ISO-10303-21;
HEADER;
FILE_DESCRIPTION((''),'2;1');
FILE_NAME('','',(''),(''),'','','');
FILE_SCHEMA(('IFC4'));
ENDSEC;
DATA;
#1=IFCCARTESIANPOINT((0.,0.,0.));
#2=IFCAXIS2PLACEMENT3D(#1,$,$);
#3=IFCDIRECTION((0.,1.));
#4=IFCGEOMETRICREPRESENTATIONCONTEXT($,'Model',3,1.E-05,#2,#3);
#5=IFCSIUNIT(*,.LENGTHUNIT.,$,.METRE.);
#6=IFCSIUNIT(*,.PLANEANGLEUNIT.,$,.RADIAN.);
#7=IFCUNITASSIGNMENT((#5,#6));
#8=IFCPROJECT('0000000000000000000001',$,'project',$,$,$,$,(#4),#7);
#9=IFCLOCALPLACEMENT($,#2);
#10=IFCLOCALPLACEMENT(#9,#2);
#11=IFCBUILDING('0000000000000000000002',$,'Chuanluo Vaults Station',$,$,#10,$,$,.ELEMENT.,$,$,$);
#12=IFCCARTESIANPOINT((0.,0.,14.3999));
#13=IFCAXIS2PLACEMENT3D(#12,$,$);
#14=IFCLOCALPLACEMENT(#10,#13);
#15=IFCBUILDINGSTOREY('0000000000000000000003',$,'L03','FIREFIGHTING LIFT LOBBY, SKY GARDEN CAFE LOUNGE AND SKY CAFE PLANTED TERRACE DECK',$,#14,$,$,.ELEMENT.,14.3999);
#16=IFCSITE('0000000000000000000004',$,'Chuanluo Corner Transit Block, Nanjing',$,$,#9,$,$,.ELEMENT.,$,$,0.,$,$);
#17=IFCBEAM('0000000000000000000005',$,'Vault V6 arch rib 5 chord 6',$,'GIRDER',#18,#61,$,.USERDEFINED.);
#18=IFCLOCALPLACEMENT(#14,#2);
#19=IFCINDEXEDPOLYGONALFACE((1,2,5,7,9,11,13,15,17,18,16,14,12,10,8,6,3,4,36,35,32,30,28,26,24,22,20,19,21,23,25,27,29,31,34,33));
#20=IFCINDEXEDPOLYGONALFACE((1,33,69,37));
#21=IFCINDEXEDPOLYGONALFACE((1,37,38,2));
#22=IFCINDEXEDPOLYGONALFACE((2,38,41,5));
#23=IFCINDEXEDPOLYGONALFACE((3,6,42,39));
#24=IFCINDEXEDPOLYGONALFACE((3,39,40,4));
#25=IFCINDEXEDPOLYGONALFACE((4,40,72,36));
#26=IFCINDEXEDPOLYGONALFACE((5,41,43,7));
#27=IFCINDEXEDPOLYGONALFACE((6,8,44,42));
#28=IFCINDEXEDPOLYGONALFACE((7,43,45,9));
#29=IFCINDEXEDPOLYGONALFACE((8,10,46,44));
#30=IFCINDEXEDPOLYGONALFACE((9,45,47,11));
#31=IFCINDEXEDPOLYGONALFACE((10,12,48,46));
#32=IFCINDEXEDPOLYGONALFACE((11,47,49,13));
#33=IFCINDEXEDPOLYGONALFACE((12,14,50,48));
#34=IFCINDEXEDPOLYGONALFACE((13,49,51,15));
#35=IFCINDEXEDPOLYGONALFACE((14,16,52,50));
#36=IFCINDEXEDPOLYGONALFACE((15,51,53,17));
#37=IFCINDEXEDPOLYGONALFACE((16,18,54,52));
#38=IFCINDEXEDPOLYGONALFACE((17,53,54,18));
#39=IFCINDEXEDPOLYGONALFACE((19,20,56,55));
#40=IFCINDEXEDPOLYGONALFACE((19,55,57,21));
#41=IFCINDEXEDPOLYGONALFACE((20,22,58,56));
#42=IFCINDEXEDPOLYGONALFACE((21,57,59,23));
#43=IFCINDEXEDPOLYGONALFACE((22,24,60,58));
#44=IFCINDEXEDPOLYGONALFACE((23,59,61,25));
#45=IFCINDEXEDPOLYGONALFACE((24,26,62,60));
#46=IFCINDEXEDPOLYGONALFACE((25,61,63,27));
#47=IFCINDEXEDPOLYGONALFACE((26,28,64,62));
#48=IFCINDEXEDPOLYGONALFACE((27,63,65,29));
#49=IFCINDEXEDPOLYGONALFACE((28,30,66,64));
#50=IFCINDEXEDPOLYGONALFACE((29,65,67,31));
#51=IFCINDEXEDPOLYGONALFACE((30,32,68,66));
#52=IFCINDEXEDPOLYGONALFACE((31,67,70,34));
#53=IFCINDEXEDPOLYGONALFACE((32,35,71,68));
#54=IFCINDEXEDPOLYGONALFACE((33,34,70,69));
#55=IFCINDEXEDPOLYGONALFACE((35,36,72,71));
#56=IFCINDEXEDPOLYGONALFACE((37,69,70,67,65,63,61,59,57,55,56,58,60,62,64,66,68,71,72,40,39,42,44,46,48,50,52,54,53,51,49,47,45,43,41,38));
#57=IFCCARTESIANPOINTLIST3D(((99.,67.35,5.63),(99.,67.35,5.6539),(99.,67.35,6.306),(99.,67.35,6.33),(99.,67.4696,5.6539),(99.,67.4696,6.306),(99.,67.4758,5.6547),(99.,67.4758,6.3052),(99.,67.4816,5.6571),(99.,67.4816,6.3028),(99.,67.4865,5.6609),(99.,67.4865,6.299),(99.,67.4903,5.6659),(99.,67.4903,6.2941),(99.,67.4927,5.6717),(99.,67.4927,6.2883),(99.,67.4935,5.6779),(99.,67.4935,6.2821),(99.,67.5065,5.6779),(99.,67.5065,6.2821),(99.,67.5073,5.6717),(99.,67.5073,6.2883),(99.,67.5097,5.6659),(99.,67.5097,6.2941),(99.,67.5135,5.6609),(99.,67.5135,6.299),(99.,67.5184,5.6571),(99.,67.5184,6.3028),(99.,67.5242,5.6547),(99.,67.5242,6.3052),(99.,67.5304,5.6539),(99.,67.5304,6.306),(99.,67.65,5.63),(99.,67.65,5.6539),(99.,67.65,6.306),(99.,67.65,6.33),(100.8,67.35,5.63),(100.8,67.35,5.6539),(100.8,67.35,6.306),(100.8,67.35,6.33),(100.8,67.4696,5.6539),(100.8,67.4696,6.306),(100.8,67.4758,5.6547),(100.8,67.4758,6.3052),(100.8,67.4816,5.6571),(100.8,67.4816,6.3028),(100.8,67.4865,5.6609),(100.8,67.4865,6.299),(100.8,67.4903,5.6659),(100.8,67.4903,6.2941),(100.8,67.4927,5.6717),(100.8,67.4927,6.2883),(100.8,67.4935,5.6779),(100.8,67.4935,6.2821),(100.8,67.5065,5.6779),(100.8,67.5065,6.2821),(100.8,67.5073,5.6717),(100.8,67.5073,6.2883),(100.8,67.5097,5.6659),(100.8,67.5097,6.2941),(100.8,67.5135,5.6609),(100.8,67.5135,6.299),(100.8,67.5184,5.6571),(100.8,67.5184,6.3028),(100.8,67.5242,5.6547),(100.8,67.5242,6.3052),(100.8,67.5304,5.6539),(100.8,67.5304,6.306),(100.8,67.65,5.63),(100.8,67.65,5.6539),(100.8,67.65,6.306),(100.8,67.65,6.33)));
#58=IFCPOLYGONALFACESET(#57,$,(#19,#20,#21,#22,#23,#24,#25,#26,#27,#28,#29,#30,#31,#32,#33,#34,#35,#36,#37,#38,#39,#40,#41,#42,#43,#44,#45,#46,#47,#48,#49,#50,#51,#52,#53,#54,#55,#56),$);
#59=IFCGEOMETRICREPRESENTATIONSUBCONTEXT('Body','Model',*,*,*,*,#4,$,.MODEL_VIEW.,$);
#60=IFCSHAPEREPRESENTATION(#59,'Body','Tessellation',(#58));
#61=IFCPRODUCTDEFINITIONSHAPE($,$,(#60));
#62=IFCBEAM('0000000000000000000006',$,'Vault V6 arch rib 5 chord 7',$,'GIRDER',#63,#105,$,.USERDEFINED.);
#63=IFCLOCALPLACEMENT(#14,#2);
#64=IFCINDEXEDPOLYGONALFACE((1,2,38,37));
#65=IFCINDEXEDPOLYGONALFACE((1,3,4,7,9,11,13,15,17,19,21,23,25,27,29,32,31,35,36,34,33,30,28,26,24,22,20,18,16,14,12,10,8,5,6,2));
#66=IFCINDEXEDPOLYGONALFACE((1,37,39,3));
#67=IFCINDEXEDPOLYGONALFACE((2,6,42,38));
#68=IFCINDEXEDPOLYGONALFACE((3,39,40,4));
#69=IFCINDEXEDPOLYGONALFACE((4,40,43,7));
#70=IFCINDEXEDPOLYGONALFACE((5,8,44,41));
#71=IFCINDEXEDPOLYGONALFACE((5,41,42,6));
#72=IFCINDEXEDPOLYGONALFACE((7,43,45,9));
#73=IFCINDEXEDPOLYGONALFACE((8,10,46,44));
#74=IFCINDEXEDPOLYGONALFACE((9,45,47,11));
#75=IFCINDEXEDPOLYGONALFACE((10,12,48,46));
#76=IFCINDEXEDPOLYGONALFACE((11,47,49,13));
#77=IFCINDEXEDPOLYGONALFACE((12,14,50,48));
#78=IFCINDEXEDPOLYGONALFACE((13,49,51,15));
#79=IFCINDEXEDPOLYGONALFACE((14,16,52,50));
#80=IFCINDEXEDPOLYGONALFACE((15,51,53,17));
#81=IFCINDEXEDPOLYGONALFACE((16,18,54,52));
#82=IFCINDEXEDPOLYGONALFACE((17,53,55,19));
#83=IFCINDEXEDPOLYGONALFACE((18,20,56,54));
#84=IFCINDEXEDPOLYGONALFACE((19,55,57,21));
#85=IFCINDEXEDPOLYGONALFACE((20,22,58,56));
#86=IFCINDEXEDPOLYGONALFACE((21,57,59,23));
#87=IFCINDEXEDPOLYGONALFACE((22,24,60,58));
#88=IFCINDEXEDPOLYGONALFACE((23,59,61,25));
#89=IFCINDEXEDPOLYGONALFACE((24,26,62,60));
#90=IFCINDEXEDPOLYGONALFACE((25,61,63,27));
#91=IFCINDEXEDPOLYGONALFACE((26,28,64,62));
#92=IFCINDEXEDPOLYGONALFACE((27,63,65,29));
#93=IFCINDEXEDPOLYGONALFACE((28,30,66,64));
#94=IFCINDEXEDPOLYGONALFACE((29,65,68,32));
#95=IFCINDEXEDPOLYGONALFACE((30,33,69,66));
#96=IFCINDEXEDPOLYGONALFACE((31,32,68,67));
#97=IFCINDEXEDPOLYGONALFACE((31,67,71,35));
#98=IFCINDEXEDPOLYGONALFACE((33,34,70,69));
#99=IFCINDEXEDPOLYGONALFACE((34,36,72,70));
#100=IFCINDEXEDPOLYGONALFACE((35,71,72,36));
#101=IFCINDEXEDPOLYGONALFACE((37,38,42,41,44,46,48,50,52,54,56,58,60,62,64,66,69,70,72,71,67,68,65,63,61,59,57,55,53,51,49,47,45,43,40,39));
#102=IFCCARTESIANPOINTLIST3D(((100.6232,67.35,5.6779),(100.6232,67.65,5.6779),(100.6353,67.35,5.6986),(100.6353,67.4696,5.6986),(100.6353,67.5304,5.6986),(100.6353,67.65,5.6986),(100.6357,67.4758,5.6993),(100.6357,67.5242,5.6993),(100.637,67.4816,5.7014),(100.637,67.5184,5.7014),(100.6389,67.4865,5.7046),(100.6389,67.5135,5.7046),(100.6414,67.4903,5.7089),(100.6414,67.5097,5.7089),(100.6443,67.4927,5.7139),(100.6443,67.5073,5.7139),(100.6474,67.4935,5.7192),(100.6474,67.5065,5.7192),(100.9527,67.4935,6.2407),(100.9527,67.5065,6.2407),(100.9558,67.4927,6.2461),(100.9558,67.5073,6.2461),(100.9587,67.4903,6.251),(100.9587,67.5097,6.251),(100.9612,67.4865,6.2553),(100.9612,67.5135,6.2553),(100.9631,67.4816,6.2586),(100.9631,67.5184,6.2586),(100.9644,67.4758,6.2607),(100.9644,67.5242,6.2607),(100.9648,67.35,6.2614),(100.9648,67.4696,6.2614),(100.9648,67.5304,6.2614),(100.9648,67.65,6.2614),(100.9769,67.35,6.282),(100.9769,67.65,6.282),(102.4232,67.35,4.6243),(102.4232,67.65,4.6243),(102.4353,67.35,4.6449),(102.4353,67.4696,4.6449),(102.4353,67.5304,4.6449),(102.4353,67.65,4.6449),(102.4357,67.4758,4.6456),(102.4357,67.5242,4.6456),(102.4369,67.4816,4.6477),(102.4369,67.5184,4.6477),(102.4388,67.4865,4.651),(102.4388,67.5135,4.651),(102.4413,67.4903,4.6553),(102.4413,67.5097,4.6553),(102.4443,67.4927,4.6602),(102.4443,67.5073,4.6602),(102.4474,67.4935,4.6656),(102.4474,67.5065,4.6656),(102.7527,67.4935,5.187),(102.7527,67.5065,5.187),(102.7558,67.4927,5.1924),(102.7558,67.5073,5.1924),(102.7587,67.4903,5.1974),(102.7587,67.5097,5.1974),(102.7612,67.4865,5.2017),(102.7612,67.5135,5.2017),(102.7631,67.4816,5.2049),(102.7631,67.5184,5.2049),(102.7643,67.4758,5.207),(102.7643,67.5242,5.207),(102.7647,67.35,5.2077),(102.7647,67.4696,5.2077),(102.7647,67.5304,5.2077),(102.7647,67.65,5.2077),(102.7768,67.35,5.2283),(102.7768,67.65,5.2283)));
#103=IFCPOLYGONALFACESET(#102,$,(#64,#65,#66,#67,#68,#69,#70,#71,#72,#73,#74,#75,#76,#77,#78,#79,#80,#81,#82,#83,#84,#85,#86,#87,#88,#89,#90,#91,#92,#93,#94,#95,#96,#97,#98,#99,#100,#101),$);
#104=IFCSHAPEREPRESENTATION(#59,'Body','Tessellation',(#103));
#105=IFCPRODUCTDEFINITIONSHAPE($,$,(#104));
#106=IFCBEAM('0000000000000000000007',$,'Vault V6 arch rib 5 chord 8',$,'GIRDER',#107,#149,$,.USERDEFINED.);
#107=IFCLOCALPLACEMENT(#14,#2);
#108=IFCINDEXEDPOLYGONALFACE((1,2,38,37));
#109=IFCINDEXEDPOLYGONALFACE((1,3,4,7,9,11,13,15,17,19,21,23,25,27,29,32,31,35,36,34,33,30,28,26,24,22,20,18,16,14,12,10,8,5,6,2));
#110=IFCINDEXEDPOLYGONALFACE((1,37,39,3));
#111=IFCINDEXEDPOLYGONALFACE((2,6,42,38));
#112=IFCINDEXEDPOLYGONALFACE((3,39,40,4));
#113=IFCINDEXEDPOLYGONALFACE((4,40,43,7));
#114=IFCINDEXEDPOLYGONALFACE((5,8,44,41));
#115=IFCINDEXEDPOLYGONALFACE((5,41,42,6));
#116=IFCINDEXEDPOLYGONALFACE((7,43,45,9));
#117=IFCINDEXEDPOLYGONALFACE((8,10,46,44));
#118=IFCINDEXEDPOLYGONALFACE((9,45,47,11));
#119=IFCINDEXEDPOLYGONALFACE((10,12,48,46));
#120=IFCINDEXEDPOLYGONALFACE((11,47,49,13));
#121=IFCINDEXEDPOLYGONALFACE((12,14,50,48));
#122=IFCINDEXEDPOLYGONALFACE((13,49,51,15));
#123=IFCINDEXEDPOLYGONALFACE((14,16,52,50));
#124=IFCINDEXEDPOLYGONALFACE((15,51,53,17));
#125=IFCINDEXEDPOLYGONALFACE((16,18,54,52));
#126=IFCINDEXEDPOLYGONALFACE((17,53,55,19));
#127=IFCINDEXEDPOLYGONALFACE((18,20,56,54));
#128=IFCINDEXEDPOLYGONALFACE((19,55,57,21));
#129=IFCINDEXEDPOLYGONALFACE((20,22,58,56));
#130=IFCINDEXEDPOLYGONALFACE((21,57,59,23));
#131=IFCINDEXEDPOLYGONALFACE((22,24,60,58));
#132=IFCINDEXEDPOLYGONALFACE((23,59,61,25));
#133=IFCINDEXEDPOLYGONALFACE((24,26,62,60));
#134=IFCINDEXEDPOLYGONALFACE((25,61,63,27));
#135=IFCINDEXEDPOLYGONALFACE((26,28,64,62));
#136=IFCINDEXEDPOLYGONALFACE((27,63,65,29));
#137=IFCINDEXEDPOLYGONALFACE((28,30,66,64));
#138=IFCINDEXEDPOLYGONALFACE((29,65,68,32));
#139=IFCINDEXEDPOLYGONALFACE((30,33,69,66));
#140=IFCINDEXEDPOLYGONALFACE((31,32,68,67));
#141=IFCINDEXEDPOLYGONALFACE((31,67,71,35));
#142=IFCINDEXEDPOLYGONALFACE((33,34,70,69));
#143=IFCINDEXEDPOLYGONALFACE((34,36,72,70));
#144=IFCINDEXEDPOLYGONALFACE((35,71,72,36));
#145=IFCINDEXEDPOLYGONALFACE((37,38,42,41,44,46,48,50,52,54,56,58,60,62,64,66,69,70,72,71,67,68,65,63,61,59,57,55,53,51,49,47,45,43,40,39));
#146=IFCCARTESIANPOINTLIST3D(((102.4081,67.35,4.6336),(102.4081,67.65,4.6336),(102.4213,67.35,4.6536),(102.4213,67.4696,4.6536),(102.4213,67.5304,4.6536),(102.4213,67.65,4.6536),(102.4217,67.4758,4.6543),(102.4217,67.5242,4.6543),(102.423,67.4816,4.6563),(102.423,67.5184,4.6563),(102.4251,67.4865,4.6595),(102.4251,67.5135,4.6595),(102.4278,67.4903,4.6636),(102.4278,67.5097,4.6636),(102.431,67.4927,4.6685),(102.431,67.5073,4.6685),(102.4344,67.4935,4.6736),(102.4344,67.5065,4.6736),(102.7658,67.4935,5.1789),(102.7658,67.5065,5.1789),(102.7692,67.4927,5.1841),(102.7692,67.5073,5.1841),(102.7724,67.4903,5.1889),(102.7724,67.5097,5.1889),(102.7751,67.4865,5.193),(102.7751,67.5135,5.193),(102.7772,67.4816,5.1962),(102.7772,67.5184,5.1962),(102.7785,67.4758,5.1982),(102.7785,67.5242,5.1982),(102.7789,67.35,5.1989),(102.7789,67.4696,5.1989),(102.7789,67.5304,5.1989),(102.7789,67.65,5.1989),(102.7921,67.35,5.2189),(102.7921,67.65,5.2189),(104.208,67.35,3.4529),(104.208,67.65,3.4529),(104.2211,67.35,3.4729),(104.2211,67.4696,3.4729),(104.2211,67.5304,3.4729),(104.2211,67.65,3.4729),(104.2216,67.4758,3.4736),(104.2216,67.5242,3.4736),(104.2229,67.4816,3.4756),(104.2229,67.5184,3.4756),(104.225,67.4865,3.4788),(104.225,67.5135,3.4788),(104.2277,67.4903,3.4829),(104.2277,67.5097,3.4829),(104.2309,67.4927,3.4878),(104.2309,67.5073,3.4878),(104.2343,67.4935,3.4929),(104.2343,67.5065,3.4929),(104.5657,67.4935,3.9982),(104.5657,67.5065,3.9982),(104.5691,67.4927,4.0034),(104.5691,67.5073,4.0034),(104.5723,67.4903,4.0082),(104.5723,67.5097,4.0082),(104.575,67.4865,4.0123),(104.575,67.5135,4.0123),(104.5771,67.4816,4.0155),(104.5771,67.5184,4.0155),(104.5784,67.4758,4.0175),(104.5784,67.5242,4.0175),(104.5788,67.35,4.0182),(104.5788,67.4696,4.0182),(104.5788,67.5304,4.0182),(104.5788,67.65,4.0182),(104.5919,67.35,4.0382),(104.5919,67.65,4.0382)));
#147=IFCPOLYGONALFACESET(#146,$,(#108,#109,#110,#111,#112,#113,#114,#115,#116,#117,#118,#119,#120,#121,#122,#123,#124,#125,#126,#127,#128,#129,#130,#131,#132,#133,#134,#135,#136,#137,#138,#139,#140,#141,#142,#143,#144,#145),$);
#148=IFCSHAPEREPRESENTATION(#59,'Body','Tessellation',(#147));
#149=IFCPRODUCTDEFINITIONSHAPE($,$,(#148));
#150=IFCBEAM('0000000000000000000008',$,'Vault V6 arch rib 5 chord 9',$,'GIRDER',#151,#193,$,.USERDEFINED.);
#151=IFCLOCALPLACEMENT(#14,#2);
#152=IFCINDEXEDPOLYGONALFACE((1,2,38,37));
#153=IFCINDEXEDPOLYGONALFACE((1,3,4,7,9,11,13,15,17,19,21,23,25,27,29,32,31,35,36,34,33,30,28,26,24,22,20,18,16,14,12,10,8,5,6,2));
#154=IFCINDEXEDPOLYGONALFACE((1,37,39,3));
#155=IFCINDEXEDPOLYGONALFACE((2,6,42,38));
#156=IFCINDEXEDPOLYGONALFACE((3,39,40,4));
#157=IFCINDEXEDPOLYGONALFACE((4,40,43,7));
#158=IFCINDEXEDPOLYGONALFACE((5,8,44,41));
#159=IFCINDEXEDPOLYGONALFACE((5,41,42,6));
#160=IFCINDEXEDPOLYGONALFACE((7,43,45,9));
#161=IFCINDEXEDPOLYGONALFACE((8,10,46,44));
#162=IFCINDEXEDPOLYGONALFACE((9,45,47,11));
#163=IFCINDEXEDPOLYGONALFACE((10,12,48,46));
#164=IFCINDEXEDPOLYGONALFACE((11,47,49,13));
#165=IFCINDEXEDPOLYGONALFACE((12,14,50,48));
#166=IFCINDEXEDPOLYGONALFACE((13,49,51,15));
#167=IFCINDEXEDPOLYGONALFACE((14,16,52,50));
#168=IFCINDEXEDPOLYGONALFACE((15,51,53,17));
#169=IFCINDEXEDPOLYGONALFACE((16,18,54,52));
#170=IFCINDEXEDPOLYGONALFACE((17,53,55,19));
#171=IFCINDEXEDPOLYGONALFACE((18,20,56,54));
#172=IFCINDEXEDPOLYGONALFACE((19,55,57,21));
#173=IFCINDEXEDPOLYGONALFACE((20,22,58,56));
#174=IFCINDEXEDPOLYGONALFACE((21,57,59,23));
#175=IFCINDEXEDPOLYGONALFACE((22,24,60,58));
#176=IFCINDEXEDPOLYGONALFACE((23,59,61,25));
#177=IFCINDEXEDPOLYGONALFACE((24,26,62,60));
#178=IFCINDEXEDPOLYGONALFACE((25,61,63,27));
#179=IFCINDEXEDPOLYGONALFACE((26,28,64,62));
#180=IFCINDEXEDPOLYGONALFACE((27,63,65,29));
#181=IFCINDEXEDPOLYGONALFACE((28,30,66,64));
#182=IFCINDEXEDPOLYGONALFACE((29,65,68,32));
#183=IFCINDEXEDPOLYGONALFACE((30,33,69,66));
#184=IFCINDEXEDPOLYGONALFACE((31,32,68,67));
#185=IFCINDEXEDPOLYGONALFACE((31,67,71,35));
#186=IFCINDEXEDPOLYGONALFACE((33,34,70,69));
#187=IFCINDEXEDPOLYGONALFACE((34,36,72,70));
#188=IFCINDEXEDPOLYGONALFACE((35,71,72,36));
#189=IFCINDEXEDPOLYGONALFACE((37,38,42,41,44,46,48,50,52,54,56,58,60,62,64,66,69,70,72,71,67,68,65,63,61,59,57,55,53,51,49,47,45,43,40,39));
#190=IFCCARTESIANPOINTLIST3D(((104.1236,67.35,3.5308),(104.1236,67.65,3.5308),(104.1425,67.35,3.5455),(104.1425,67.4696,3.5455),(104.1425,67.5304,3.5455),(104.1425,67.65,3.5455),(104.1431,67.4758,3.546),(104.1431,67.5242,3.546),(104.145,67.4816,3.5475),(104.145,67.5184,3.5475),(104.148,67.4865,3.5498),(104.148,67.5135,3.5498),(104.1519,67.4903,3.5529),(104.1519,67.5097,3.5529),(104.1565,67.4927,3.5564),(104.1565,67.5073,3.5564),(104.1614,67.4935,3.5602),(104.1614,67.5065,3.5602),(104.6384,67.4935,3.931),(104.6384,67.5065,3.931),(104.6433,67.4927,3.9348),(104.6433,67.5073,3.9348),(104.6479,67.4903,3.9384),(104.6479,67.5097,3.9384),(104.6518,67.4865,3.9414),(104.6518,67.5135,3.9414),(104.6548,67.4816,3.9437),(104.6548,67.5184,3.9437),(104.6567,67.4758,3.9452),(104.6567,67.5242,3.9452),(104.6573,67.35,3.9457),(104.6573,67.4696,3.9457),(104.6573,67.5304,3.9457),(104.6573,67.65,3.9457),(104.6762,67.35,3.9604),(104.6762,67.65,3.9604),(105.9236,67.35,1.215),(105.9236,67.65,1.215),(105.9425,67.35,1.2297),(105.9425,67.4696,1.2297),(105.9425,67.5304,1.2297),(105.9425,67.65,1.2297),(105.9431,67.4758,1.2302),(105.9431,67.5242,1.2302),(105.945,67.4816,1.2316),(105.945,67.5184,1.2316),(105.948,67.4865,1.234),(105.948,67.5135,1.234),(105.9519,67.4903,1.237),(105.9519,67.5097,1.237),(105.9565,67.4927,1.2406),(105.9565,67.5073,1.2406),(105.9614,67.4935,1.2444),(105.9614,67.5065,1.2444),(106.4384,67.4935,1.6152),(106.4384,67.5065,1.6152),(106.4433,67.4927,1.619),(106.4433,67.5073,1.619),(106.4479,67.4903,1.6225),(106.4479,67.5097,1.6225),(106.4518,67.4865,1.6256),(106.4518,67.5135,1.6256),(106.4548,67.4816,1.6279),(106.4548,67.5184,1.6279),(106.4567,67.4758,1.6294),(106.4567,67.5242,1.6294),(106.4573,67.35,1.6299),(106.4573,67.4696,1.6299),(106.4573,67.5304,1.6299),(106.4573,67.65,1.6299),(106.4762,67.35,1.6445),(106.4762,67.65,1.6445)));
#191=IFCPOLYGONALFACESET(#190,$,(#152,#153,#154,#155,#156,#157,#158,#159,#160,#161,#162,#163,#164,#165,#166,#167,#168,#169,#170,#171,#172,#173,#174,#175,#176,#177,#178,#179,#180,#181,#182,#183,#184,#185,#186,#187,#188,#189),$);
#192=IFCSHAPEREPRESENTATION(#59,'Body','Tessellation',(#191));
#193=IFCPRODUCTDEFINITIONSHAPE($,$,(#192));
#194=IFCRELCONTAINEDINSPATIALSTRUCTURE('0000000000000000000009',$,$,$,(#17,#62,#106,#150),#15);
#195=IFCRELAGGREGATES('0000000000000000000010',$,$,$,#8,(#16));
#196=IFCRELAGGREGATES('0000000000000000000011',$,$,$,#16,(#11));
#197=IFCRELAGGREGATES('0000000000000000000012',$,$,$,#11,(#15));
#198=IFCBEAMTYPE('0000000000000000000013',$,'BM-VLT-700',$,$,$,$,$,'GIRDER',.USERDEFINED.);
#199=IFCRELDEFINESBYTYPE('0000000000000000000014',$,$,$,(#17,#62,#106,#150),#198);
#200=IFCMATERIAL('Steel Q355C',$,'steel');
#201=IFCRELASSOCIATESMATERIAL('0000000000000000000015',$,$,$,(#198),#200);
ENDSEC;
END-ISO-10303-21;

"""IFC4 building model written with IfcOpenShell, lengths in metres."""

from ifc_helpers import new_model, si_unit, direction, frame, origin, origin_2d, place, context, subcontext, project, spatial, i_section, extrude, material, material_profile, profile_set, type_object, element, save


model = new_model("IFC4")

# Units and contexts
model_context = context("Model", 3, precision=1e-05, world=origin(), true_north=direction((0.0, 1.0)))
body_context = subcontext(model_context, "Body", "Model", "MODEL_VIEW")
ifc_project = project(units=[si_unit("LENGTHUNIT", "METRE"), si_unit("PLANEANGLEUNIT", "RADIAN")], contexts=[model_context])

# Site, building, storey
site_placement = place(None, origin())
site = spatial("IfcSite", under=ifc_project, at=site_placement, Name="Chuanluo Corner Transit Block, Nanjing", CompositionType="ELEMENT", RefElevation=0.0)
building_placement = place(site_placement, origin())
building = spatial("IfcBuilding", under=site, at=building_placement, Name="Chuanluo Vaults Station", CompositionType="ELEMENT")
storey_placement = place(building_placement, frame((0.0, 0.0, 14.3999)))
storey = spatial("IfcBuildingStorey", under=building, at=storey_placement, Name="L03", Description="FIREFIGHTING LIFT LOBBY, SKY GARDEN CAFE LOUNGE AND SKY CAFE PLANTED TERRACE DECK", CompositionType="ELEMENT", Elevation=14.3999)

# Beams
ifc_material_1 = material(Name="Steel Q355C", Category="steel")
ifc_material_profile_1 = material_profile(ifc_material_1, i_section(OverallWidth=0.3, OverallDepth=0.7, WebThickness=0.0129, FlangeThickness=0.0239, FilletRadius=0.0239, at=origin_2d()))
ifc_profile_set_1 = profile_set([ifc_material_profile_1], Name="Steel Q355C")
beam_type = type_object("IfcBeamType", Name="BM-VLT-700", ElementType="GIRDER", PredefinedType="USERDEFINED", material=ifc_profile_set_1)
beam_1_placement = place(storey_placement, frame((99.0, 67.5, 5.98), z_axis=(1.0, 0.0, 0.0), x_axis=(0.0, 1.0, 0.0)))
element("IfcBeam", 1, at=beam_1_placement, inside=storey, type_object=beam_type, Name="Vault V6 arch rib 5 chord 6", ObjectType="GIRDER", PredefinedType="USERDEFINED", context=body_context, shape_type="SweptSolid", body=[
    extrude(i_section(OverallWidth=0.3, OverallDepth=0.7, WebThickness=0.0129, FlangeThickness=0.0239, FilletRadius=0.0239, at=origin_2d()), origin(), (0.0, 0.0, 1.0), 1.8),
])
beam_2_placement = place(storey_placement, frame((100.8, 67.5, 5.98), z_axis=(0.863009, 0.0, -0.505188), x_axis=(0.0, 1.0, 0.0)))
element("IfcBeam", 2, at=beam_2_placement, inside=storey, type_object=beam_type, Name="Vault V6 arch rib 5 chord 7", ObjectType="GIRDER", PredefinedType="USERDEFINED", context=body_context, shape_type="SweptSolid", body=[
    extrude(i_section(OverallWidth=0.3, OverallDepth=0.7, WebThickness=0.0129, FlangeThickness=0.0239, FilletRadius=0.0239, at=origin_2d()), origin(), (0.0, 0.0, 1.0), 2.0857),
])
beam_3_placement = place(storey_placement, frame((102.6001, 67.5, 4.9263), z_axis=(0.836145, 0.0, -0.548508), x_axis=(0.0, 1.0, 0.0)))
element("IfcBeam", 3, at=beam_3_placement, inside=storey, type_object=beam_type, Name="Vault V6 arch rib 5 chord 8", ObjectType="GIRDER", PredefinedType="USERDEFINED", context=body_context, shape_type="SweptSolid", body=[
    extrude(i_section(OverallWidth=0.3, OverallDepth=0.7, WebThickness=0.0129, FlangeThickness=0.0239, FilletRadius=0.0239, at=origin_2d()), origin(), (0.0, 0.0, 1.0), 2.1526),
])
beam_4_placement = place(storey_placement, frame((104.3999, 67.5, 3.7456), z_axis=(0.613681, 0.0, -0.789554), x_axis=(0.0, 1.0, 0.0)))
element("IfcBeam", 4, at=beam_4_placement, inside=storey, type_object=beam_type, Name="Vault V6 arch rib 5 chord 9", ObjectType="GIRDER", PredefinedType="USERDEFINED", context=body_context, shape_type="SweptSolid", body=[
    extrude(i_section(OverallWidth=0.3, OverallDepth=0.7, WebThickness=0.0129, FlangeThickness=0.0239, FilletRadius=0.0239, at=origin_2d()), origin(), (0.0, 0.0, 1.0), 2.9331),
])

save(model, "model.ifc")
